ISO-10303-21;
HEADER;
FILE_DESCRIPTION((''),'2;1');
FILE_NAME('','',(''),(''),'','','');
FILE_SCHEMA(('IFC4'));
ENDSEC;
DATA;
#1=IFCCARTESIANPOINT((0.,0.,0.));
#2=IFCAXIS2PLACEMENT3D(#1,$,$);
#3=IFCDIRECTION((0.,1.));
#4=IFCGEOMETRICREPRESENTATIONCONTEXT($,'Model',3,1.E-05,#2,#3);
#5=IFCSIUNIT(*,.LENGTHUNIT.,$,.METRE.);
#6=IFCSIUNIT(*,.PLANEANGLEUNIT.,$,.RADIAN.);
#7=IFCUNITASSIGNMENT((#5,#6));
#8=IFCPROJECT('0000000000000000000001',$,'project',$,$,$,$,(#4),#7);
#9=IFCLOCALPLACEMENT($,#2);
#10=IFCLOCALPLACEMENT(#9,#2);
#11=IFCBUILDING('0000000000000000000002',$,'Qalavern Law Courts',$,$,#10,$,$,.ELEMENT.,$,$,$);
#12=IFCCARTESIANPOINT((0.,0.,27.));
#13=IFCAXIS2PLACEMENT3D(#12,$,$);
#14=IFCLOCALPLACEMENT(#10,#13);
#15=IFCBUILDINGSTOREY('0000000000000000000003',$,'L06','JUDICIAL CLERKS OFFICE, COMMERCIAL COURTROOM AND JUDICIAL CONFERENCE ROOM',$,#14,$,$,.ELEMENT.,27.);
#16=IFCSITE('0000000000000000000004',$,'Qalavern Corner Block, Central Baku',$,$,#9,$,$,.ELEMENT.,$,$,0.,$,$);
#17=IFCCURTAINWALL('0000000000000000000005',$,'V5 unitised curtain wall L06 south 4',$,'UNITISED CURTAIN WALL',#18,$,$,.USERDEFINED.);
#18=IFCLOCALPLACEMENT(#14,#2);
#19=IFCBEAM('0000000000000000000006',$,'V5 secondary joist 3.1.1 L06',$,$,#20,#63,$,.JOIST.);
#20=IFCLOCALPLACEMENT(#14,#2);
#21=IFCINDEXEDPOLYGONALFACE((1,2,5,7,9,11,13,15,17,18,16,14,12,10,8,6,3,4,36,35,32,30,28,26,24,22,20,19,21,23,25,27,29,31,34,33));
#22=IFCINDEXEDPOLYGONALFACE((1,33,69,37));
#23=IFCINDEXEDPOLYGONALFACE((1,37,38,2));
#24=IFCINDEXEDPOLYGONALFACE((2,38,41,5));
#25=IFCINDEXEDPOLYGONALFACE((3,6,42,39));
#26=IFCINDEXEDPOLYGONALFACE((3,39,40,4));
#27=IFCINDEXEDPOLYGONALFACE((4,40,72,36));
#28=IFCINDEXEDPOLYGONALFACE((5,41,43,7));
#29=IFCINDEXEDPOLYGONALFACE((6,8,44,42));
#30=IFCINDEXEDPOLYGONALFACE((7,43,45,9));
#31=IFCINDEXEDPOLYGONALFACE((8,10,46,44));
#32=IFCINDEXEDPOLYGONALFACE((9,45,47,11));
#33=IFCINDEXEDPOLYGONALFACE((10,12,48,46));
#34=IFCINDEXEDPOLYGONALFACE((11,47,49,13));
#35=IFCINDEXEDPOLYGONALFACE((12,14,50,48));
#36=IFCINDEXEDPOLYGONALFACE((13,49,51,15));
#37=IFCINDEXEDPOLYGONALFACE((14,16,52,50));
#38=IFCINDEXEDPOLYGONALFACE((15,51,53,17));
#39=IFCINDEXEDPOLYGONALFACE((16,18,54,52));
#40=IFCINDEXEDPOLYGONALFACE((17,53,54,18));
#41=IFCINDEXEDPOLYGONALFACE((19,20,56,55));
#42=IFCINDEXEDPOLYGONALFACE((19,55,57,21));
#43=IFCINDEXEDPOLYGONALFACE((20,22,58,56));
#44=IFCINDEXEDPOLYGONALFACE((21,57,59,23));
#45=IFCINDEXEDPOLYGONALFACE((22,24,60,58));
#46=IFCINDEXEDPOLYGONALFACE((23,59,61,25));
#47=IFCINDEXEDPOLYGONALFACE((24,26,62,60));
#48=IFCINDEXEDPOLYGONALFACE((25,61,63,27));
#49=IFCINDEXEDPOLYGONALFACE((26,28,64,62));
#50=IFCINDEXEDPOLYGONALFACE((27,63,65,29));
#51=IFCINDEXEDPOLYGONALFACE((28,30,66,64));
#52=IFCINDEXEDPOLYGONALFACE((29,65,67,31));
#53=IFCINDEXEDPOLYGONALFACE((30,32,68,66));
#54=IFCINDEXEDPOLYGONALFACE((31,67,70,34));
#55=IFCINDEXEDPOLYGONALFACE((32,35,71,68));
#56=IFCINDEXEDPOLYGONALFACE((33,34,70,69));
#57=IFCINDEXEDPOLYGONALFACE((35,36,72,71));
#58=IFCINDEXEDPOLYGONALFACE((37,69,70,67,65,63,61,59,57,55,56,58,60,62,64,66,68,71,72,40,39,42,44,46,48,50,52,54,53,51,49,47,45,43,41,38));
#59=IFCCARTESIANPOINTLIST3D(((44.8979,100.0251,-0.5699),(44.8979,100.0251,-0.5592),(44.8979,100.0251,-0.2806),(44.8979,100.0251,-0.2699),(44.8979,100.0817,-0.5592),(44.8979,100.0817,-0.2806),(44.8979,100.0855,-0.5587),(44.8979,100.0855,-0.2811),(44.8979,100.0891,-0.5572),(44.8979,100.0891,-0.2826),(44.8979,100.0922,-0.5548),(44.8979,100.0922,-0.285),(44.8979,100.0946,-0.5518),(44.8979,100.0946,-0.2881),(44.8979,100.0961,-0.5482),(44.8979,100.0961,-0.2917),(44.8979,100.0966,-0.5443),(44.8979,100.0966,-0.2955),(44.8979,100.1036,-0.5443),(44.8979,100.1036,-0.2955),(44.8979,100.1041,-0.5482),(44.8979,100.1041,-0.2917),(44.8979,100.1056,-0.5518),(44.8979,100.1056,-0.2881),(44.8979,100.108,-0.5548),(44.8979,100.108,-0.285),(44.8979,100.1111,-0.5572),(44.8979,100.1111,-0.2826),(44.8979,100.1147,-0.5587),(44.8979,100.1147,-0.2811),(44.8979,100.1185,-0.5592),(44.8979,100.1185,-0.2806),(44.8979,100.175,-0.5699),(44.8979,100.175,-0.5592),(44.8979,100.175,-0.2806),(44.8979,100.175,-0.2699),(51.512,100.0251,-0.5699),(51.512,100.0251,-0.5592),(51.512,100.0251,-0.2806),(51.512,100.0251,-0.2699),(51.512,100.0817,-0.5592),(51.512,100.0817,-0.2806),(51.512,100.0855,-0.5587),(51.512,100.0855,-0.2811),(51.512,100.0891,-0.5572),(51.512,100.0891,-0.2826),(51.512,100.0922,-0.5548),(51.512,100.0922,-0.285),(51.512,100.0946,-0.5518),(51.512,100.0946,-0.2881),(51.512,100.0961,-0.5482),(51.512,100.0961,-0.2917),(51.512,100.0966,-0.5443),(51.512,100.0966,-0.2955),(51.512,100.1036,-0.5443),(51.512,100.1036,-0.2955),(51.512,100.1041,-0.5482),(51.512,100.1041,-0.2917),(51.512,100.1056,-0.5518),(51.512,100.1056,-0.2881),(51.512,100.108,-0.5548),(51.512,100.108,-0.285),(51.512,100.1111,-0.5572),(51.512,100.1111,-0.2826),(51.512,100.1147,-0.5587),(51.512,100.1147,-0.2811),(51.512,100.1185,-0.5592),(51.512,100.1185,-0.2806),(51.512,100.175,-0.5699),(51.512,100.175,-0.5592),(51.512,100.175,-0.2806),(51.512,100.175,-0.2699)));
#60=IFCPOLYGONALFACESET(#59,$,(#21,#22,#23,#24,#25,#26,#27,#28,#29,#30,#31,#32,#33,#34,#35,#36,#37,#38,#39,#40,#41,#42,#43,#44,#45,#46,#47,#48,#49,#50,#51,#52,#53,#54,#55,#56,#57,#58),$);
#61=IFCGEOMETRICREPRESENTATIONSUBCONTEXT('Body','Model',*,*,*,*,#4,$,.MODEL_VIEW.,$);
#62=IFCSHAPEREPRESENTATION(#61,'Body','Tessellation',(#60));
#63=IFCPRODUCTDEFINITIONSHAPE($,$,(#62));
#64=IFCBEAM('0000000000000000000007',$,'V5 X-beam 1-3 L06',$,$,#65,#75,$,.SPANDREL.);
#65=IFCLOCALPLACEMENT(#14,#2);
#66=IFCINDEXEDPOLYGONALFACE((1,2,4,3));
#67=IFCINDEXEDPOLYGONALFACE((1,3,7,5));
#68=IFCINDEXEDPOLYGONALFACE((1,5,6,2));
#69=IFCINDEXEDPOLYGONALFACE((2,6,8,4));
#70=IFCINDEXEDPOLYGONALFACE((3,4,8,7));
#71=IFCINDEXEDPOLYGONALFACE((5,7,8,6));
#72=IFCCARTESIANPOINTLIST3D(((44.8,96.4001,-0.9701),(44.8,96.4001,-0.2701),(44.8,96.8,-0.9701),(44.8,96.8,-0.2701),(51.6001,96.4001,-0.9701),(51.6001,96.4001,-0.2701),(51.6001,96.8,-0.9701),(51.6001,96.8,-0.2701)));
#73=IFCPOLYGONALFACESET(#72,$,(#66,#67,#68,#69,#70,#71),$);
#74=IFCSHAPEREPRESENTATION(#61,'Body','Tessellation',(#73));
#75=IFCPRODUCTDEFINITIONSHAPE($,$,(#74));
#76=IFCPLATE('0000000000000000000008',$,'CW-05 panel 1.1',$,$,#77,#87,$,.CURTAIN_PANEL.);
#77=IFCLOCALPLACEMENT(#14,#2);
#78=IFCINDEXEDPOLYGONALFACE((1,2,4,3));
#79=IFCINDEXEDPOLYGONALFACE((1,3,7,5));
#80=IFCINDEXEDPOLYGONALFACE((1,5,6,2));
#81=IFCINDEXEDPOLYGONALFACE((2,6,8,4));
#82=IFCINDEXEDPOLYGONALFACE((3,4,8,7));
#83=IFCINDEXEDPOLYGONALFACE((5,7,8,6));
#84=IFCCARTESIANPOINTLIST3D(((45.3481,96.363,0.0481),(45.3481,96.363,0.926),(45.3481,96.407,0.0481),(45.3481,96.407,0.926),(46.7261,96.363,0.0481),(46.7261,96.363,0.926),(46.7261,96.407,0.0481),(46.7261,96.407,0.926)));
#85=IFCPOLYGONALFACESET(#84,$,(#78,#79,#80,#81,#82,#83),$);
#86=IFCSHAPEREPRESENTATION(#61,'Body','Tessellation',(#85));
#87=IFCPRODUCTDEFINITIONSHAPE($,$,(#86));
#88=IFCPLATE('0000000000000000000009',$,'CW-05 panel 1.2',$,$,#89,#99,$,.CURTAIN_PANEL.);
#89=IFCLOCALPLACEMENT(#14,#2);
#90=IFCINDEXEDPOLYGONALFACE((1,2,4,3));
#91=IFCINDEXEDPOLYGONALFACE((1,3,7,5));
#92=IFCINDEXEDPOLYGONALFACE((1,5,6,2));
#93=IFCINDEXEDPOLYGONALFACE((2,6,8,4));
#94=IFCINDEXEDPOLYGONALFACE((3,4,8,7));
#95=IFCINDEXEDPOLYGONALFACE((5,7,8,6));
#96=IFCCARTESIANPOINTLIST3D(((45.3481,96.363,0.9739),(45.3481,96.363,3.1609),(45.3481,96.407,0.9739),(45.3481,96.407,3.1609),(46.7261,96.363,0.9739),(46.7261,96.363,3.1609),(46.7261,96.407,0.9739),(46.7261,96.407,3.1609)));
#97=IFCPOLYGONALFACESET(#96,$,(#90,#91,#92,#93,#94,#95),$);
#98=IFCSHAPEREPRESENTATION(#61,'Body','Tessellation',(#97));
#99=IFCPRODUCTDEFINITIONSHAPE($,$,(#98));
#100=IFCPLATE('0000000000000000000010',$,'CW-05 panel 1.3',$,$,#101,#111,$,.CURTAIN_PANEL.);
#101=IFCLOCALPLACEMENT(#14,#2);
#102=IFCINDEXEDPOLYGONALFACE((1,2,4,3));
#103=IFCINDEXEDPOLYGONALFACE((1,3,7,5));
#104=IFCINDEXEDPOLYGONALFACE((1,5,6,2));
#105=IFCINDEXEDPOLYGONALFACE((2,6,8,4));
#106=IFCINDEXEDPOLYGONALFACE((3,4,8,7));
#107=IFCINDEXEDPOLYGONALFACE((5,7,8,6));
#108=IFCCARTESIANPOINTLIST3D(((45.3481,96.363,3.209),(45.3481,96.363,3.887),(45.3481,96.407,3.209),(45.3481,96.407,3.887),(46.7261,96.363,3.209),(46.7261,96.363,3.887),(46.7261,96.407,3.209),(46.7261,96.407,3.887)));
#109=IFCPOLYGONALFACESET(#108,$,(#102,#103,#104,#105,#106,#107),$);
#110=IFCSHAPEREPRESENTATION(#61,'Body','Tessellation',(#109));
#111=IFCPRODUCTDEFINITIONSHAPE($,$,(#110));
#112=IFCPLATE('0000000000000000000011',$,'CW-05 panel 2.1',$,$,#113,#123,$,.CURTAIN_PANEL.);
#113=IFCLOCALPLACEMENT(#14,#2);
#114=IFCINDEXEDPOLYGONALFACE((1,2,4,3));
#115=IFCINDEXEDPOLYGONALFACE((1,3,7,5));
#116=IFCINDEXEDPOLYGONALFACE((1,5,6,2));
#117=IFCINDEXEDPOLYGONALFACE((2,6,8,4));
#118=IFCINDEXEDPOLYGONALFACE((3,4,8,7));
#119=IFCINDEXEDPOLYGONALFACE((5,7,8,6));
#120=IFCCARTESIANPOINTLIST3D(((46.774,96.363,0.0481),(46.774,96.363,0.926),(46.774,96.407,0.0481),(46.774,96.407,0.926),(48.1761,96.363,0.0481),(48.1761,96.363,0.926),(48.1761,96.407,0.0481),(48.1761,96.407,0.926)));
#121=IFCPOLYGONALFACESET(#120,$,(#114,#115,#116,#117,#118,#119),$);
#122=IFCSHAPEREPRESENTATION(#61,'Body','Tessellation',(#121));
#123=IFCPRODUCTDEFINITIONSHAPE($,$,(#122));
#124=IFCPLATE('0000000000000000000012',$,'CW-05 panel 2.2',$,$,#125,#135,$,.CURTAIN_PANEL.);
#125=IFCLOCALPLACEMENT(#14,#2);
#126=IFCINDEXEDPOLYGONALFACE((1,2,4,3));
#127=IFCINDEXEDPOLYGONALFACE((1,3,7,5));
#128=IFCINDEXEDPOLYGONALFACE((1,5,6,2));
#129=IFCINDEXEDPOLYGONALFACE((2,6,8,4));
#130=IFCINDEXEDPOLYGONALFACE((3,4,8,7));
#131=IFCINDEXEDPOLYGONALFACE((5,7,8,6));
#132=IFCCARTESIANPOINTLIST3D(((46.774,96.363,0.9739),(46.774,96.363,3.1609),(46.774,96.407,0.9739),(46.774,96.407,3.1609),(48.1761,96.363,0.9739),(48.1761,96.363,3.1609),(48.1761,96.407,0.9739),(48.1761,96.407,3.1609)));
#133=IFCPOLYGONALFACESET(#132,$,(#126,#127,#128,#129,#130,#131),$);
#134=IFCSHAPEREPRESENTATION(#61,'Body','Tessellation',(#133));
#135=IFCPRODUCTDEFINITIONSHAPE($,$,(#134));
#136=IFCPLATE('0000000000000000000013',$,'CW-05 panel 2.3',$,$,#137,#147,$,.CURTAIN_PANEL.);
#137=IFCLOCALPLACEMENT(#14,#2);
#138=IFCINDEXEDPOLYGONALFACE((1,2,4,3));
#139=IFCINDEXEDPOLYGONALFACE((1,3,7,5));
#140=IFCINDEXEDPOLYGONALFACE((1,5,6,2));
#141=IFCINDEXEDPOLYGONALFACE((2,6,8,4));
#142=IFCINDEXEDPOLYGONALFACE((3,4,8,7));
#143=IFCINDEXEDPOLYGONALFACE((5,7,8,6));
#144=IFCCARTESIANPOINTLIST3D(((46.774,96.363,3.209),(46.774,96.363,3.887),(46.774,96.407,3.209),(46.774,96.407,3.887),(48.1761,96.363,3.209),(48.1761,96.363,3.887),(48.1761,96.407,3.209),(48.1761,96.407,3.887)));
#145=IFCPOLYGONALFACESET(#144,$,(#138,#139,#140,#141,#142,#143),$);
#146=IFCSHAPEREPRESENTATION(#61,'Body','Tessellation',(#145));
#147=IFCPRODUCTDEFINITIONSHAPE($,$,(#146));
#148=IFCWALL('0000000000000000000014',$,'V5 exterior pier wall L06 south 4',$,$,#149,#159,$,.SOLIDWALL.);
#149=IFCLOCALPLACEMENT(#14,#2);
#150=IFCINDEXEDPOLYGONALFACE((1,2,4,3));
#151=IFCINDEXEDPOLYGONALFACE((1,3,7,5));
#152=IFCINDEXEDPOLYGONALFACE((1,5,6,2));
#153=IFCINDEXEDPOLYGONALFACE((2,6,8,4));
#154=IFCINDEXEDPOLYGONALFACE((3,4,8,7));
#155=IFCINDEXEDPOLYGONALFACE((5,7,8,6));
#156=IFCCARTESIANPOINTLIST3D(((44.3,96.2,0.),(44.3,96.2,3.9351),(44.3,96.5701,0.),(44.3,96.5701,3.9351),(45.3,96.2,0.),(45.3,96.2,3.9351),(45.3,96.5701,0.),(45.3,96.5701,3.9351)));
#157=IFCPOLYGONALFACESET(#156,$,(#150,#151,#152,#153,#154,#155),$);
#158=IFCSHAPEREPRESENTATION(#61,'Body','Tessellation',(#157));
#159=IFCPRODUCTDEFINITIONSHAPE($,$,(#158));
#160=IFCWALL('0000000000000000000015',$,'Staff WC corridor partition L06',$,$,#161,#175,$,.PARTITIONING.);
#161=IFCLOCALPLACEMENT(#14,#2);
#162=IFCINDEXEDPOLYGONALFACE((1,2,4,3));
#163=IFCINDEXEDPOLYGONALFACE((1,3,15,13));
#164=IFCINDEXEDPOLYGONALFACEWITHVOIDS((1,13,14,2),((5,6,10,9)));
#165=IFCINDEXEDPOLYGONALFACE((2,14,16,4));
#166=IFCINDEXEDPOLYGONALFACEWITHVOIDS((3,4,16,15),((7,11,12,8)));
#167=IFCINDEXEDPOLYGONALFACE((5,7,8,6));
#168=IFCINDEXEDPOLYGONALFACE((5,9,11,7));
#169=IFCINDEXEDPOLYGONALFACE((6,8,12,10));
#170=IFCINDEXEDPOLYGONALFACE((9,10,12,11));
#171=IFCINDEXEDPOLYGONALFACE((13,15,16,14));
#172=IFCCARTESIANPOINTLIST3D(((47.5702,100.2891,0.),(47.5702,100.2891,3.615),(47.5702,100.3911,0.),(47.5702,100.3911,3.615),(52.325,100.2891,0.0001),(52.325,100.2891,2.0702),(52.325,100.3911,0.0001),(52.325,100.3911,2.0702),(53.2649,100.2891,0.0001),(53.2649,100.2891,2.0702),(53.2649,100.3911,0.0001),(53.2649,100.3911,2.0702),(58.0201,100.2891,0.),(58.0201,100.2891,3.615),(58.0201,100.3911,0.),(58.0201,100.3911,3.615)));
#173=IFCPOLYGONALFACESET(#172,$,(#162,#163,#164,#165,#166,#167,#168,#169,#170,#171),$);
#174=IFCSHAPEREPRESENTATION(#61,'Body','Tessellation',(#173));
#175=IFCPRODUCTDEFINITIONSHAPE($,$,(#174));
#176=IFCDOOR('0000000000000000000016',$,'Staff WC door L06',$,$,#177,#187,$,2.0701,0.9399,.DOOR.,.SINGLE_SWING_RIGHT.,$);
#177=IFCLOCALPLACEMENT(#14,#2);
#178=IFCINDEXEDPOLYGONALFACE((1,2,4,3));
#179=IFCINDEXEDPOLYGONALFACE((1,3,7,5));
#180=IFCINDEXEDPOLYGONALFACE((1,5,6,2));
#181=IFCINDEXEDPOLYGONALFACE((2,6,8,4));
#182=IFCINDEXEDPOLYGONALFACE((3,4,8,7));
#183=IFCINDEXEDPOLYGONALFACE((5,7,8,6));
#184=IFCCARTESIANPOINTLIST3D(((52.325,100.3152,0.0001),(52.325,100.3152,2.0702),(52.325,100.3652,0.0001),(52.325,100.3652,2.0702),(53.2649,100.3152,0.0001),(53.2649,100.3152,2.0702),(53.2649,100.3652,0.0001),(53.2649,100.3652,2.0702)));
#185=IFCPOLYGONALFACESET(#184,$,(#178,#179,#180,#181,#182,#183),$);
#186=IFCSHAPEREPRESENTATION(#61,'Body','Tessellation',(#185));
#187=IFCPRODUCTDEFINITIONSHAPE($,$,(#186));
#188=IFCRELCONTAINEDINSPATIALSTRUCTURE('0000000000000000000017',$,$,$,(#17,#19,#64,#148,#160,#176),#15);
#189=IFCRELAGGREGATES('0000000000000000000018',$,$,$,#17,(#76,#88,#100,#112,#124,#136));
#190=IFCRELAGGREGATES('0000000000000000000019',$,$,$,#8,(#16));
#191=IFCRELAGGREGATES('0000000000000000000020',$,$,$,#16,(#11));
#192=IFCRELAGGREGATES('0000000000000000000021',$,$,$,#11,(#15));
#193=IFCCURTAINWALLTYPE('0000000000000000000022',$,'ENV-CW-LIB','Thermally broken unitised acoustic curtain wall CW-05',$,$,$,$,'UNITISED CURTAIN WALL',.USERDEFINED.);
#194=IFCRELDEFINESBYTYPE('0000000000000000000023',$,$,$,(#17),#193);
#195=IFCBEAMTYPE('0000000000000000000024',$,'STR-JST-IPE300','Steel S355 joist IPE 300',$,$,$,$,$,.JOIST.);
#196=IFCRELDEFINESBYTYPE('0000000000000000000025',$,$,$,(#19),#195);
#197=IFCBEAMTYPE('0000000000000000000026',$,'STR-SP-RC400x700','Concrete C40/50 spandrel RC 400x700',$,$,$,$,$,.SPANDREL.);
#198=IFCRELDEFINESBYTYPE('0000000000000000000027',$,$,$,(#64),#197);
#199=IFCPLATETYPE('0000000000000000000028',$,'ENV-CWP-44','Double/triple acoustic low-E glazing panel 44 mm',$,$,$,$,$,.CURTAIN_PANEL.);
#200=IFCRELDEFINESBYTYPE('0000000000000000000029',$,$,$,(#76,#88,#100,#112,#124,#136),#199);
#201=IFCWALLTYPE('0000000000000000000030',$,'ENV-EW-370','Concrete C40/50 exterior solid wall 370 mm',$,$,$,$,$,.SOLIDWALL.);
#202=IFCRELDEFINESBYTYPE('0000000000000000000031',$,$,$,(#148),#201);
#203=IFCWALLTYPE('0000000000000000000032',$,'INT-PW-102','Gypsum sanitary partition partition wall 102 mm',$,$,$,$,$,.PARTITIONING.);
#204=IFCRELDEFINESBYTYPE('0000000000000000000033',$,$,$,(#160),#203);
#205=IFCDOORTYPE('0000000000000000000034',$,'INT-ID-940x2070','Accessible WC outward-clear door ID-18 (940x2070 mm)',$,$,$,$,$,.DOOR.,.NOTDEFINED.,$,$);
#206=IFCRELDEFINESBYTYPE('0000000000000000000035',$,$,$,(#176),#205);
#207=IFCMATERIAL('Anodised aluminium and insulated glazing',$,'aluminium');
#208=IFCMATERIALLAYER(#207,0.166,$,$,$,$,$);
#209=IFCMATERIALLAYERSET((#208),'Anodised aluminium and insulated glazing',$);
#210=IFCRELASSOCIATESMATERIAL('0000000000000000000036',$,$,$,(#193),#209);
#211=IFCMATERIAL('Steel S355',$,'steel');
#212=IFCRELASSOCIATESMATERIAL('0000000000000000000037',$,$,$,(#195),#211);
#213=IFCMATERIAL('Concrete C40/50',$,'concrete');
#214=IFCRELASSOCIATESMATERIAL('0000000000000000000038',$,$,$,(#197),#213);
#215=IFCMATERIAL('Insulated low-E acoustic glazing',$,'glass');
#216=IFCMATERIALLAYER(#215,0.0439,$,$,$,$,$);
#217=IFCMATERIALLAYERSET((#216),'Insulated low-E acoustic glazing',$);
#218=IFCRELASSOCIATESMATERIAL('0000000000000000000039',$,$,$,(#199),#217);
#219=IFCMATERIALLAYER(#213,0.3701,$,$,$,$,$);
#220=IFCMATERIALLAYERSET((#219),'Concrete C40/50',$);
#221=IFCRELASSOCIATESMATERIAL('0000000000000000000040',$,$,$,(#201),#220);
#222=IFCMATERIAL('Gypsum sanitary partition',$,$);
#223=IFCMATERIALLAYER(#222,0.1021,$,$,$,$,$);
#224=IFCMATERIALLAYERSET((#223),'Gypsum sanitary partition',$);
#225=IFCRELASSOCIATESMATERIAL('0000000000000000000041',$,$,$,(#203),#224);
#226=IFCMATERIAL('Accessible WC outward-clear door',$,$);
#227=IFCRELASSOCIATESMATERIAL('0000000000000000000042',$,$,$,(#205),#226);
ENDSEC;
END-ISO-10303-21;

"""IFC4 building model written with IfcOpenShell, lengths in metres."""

from ifc_helpers import new_model, si_unit, direction, frame, frame_2d, origin, origin_2d, place, context, subcontext, project, spatial, rectangle, i_section, extrude, material, layer, layer_set, material_profile, profile_set, type_object, element, fill, aggregate, save


model = new_model("IFC4")

# Units and contexts
model_context = context("Model", 3, precision=1e-05, world=origin(), true_north=direction((0.0, 1.0)))
body_context = subcontext(model_context, "Body", "Model", "MODEL_VIEW")
ifc_project = project(units=[si_unit("LENGTHUNIT", "METRE"), si_unit("PLANEANGLEUNIT", "RADIAN")], contexts=[model_context])

# Site, building, storey
site_placement = place(None, origin())
site = spatial("IfcSite", under=ifc_project, at=site_placement, Name="Qalavern Corner Block, Central Baku", CompositionType="ELEMENT", RefElevation=0.0)
building_placement = place(site_placement, origin())
building = spatial("IfcBuilding", under=site, at=building_placement, Name="Qalavern Law Courts", CompositionType="ELEMENT")
storey_placement = place(building_placement, frame((0.0, 0.0, 27.0)))
storey = spatial("IfcBuildingStorey", under=building, at=storey_placement, Name="L06", Description="JUDICIAL CLERKS OFFICE, COMMERCIAL COURTROOM AND JUDICIAL CONFERENCE ROOM", CompositionType="ELEMENT", Elevation=27.0)

# Curtain wall
ifc_material_1 = material(Name="Anodised aluminium and insulated glazing", Category="aluminium")
ifc_layer_1 = layer(ifc_material_1, 0.166)
ifc_layer_set_1 = layer_set([ifc_layer_1], Name="Anodised aluminium and insulated glazing")
curtain_wall_type = type_object("IfcCurtainWallType", Name="ENV-CW-LIB", Description="Thermally broken unitised acoustic curtain wall CW-05", ElementType="UNITISED CURTAIN WALL", PredefinedType="USERDEFINED", material=ifc_layer_set_1)
curtain_wall_placement = place(storey_placement, origin())
curtain_wall = element("IfcCurtainWall", 1, at=curtain_wall_placement, inside=storey, type_object=curtain_wall_type, Name="V5 unitised curtain wall L06 south 4", ObjectType="UNITISED CURTAIN WALL", PredefinedType="USERDEFINED")

# Beams
ifc_material_2 = material(Name="Steel S355", Category="steel")
ifc_material_profile_1 = material_profile(ifc_material_2, i_section(OverallWidth=0.1499, OverallDepth=0.3, WebThickness=0.0071, FlangeThickness=0.0107, FilletRadius=0.0149, at=origin_2d()), Name="IPE 300")
ifc_profile_set_1 = profile_set([ifc_material_profile_1], Name="Steel S355")
beam_type_1 = type_object("IfcBeamType", Name="STR-JST-IPE300", Description="Steel S355 joist IPE 300", PredefinedType="JOIST", material=ifc_profile_set_1)
beam_1_placement = place(storey_placement, frame((44.8979, 100.1001, -0.4199), z_axis=(1.0, 0.0, 0.0), x_axis=(0.0, 1.0, 0.0)))
element("IfcBeam", 2, at=beam_1_placement, inside=storey, type_object=beam_type_1, Name="V5 secondary joist 3.1.1 L06", PredefinedType="JOIST", context=body_context, shape_type="SweptSolid", body=[
    extrude(i_section(OverallWidth=0.1499, OverallDepth=0.3, WebThickness=0.0071, FlangeThickness=0.0107, FilletRadius=0.0149, at=origin_2d()), origin(), (0.0, 0.0, 1.0), 6.614),
])
ifc_material_3 = material(Name="Concrete C40/50", Category="concrete")
ifc_material_profile_2 = material_profile(ifc_material_3, rectangle(XDim=0.3999, YDim=0.7, at=origin_2d()), Name="RC 400x700")
ifc_profile_set_2 = profile_set([ifc_material_profile_2], Name="Concrete C40/50")
beam_type_2 = type_object("IfcBeamType", Name="STR-SP-RC400x700", Description="Concrete C40/50 spandrel RC 400x700", PredefinedType="SPANDREL", material=ifc_profile_set_2)
beam_2_placement = place(storey_placement, frame((44.8, 96.6001, -0.6201), z_axis=(1.0, 0.0, 0.0), x_axis=(0.0, 1.0, 0.0)))
element("IfcBeam", 3, at=beam_2_placement, inside=storey, type_object=beam_type_2, Name="V5 X-beam 1-3 L06", PredefinedType="SPANDREL", context=body_context, shape_type="SweptSolid", body=[
    extrude(rectangle(XDim=0.3999, YDim=0.7, at=origin_2d()), origin(), (0.0, 0.0, 1.0), 6.8),
])

# Plates
ifc_material_4 = material(Name="Insulated low-E acoustic glazing", Category="glass")
ifc_layer_2 = layer(ifc_material_4, 0.0439)
ifc_layer_set_2 = layer_set([ifc_layer_2], Name="Insulated low-E acoustic glazing")
plate_type = type_object("IfcPlateType", Name="ENV-CWP-44", Description="Double/triple acoustic low-E glazing panel 44 mm", PredefinedType="CURTAIN_PANEL", material=ifc_layer_set_2)
plate_1_placement = place(storey_placement, frame((46.0371, 96.385, 0.0481), z_axis=(0.0, 0.0, 1.0), x_axis=(1.0, 0.0, 0.0)))
plate_1 = element("IfcPlate", 4, at=plate_1_placement, type_object=plate_type, Name="CW-05 panel 1.1", PredefinedType="CURTAIN_PANEL", context=body_context, shape_type="SweptSolid", body=[
    extrude(rectangle(XDim=1.3779, YDim=0.0439, at=origin_2d()), origin(), (0.0, 0.0, 1.0), 0.8779),
])
plate_2_placement = place(storey_placement, frame((46.0371, 96.385, 0.9739), z_axis=(0.0, 0.0, 1.0), x_axis=(1.0, 0.0, 0.0)))
plate_2 = element("IfcPlate", 5, at=plate_2_placement, type_object=plate_type, Name="CW-05 panel 1.2", PredefinedType="CURTAIN_PANEL", context=body_context, shape_type="SweptSolid", body=[
    extrude(rectangle(XDim=1.3779, YDim=0.0439, at=origin_2d()), origin(), (0.0, 0.0, 1.0), 2.187),
])
plate_3_placement = place(storey_placement, frame((46.0371, 96.385, 3.209), z_axis=(0.0, 0.0, 1.0), x_axis=(1.0, 0.0, 0.0)))
plate_3 = element("IfcPlate", 6, at=plate_3_placement, type_object=plate_type, Name="CW-05 panel 1.3", PredefinedType="CURTAIN_PANEL", context=body_context, shape_type="SweptSolid", body=[
    extrude(rectangle(XDim=1.3779, YDim=0.0439, at=origin_2d()), origin(), (0.0, 0.0, 1.0), 0.678),
])
plate_4_placement = place(storey_placement, frame((47.4751, 96.385, 0.0481), z_axis=(0.0, 0.0, 1.0), x_axis=(1.0, 0.0, 0.0)))
plate_4 = element("IfcPlate", 7, at=plate_4_placement, type_object=plate_type, Name="CW-05 panel 2.1", PredefinedType="CURTAIN_PANEL", context=body_context, shape_type="SweptSolid", body=[
    extrude(rectangle(XDim=1.4021, YDim=0.0439, at=origin_2d()), origin(), (0.0, 0.0, 1.0), 0.8779),
])
plate_5_placement = place(storey_placement, frame((47.4751, 96.385, 0.9739), z_axis=(0.0, 0.0, 1.0), x_axis=(1.0, 0.0, 0.0)))
plate_5 = element("IfcPlate", 8, at=plate_5_placement, type_object=plate_type, Name="CW-05 panel 2.2", PredefinedType="CURTAIN_PANEL", context=body_context, shape_type="SweptSolid", body=[
    extrude(rectangle(XDim=1.4021, YDim=0.0439, at=origin_2d()), origin(), (0.0, 0.0, 1.0), 2.187),
])
plate_6_placement = place(storey_placement, frame((47.4751, 96.385, 3.209), z_axis=(0.0, 0.0, 1.0), x_axis=(1.0, 0.0, 0.0)))
plate_6 = element("IfcPlate", 9, at=plate_6_placement, type_object=plate_type, Name="CW-05 panel 2.3", PredefinedType="CURTAIN_PANEL", context=body_context, shape_type="SweptSolid", body=[
    extrude(rectangle(XDim=1.4021, YDim=0.0439, at=origin_2d()), origin(), (0.0, 0.0, 1.0), 0.678),
])
aggregate(curtain_wall, [plate_1, plate_2, plate_3, plate_4, plate_5, plate_6])

# Wall
ifc_layer_3 = layer(ifc_material_3, 0.3701)
ifc_layer_set_3 = layer_set([ifc_layer_3], Name="Concrete C40/50")
wall_type_1 = type_object("IfcWallType", Name="ENV-EW-370", Description="Concrete C40/50 exterior solid wall 370 mm", PredefinedType="SOLIDWALL", material=ifc_layer_set_3)
wall_1_placement = place(storey_placement, frame((44.3, 96.385, 0.0), z_axis=(0.0, 0.0, 1.0), x_axis=(1.0, 0.0, 0.0)))
element("IfcWall", 10, at=wall_1_placement, inside=storey, type_object=wall_type_1, Name="V5 exterior pier wall L06 south 4", PredefinedType="SOLIDWALL", context=body_context, shape_type="SweptSolid", body=[
    extrude(rectangle(XDim=1.0, YDim=0.3701, at=frame_2d((0.5, 0.0))), origin(), (0.0, 0.0, 1.0), 3.9351),
])

# Wall, opening, door
ifc_material_5 = material(Name="Gypsum sanitary partition")
ifc_layer_4 = layer(ifc_material_5, 0.1021)
ifc_layer_set_4 = layer_set([ifc_layer_4], Name="Gypsum sanitary partition")
wall_type_2 = type_object("IfcWallType", Name="INT-PW-102", Description="Gypsum sanitary partition partition wall 102 mm", PredefinedType="PARTITIONING", material=ifc_layer_set_4)
wall_2_placement = place(storey_placement, frame((47.5701, 100.3401, 0.0), z_axis=(0.0, 0.0, 1.0), x_axis=(1.0, 0.0, 0.0)))
wall_2 = element("IfcWall", 11, at=wall_2_placement, inside=storey, type_object=wall_type_2, Name="Staff WC corridor partition L06", PredefinedType="PARTITIONING", context=body_context, shape_type="SweptSolid", body=[
    extrude(rectangle(XDim=10.45, YDim=0.1021, at=frame_2d((5.2251, 0.0))), origin(), (0.0, 0.0, 1.0), 3.615),
])
opening_placement = place(wall_2_placement, frame((4.7549, 0.0, 0.0)))
opening = element("IfcOpeningElement", 12, at=opening_placement, cuts=wall_2, PredefinedType="OPENING", context=body_context, shape_type="SweptSolid", body=[
    extrude(rectangle(XDim=0.9399, YDim=2.0701, at=frame_2d((0.47, 1.0352))), frame((0.0, 0.0659, 0.0), z_axis=(0.0, -1.0, 0.0), x_axis=(1.0, 0.0, 0.0)), (0.0, 0.0, 1.0), 0.1318),
])
ifc_material_6 = material(Name="Accessible WC outward-clear door")
door_type = type_object("IfcDoorType", Name="INT-ID-940x2070", Description="Accessible WC outward-clear door ID-18 (940x2070 mm)", OperationType="NOTDEFINED", PredefinedType="DOOR", material=ifc_material_6)
door_placement = place(opening_placement, frame((0.9399, 0.0, 0.0), z_axis=(0.0, 0.0, 1.0), x_axis=(-1.0, 0.0, 0.0)))
door = element("IfcDoor", 13, at=door_placement, inside=storey, type_object=door_type, Name="Staff WC door L06", OperationType="SINGLE_SWING_RIGHT", OverallHeight=2.0701, OverallWidth=0.9399, PredefinedType="DOOR", context=body_context, shape_type="SweptSolid", body=[
    extrude(rectangle(XDim=0.9399, YDim=2.0701, at=frame_2d((0.47, 1.0352))), frame((0.0, 0.0249, 0.0), z_axis=(0.0, -1.0, 0.0), x_axis=(1.0, 0.0, 0.0)), (0.0, 0.0, 1.0), 0.05),
])
fill(opening, door)

save(model, "model.ifc")
